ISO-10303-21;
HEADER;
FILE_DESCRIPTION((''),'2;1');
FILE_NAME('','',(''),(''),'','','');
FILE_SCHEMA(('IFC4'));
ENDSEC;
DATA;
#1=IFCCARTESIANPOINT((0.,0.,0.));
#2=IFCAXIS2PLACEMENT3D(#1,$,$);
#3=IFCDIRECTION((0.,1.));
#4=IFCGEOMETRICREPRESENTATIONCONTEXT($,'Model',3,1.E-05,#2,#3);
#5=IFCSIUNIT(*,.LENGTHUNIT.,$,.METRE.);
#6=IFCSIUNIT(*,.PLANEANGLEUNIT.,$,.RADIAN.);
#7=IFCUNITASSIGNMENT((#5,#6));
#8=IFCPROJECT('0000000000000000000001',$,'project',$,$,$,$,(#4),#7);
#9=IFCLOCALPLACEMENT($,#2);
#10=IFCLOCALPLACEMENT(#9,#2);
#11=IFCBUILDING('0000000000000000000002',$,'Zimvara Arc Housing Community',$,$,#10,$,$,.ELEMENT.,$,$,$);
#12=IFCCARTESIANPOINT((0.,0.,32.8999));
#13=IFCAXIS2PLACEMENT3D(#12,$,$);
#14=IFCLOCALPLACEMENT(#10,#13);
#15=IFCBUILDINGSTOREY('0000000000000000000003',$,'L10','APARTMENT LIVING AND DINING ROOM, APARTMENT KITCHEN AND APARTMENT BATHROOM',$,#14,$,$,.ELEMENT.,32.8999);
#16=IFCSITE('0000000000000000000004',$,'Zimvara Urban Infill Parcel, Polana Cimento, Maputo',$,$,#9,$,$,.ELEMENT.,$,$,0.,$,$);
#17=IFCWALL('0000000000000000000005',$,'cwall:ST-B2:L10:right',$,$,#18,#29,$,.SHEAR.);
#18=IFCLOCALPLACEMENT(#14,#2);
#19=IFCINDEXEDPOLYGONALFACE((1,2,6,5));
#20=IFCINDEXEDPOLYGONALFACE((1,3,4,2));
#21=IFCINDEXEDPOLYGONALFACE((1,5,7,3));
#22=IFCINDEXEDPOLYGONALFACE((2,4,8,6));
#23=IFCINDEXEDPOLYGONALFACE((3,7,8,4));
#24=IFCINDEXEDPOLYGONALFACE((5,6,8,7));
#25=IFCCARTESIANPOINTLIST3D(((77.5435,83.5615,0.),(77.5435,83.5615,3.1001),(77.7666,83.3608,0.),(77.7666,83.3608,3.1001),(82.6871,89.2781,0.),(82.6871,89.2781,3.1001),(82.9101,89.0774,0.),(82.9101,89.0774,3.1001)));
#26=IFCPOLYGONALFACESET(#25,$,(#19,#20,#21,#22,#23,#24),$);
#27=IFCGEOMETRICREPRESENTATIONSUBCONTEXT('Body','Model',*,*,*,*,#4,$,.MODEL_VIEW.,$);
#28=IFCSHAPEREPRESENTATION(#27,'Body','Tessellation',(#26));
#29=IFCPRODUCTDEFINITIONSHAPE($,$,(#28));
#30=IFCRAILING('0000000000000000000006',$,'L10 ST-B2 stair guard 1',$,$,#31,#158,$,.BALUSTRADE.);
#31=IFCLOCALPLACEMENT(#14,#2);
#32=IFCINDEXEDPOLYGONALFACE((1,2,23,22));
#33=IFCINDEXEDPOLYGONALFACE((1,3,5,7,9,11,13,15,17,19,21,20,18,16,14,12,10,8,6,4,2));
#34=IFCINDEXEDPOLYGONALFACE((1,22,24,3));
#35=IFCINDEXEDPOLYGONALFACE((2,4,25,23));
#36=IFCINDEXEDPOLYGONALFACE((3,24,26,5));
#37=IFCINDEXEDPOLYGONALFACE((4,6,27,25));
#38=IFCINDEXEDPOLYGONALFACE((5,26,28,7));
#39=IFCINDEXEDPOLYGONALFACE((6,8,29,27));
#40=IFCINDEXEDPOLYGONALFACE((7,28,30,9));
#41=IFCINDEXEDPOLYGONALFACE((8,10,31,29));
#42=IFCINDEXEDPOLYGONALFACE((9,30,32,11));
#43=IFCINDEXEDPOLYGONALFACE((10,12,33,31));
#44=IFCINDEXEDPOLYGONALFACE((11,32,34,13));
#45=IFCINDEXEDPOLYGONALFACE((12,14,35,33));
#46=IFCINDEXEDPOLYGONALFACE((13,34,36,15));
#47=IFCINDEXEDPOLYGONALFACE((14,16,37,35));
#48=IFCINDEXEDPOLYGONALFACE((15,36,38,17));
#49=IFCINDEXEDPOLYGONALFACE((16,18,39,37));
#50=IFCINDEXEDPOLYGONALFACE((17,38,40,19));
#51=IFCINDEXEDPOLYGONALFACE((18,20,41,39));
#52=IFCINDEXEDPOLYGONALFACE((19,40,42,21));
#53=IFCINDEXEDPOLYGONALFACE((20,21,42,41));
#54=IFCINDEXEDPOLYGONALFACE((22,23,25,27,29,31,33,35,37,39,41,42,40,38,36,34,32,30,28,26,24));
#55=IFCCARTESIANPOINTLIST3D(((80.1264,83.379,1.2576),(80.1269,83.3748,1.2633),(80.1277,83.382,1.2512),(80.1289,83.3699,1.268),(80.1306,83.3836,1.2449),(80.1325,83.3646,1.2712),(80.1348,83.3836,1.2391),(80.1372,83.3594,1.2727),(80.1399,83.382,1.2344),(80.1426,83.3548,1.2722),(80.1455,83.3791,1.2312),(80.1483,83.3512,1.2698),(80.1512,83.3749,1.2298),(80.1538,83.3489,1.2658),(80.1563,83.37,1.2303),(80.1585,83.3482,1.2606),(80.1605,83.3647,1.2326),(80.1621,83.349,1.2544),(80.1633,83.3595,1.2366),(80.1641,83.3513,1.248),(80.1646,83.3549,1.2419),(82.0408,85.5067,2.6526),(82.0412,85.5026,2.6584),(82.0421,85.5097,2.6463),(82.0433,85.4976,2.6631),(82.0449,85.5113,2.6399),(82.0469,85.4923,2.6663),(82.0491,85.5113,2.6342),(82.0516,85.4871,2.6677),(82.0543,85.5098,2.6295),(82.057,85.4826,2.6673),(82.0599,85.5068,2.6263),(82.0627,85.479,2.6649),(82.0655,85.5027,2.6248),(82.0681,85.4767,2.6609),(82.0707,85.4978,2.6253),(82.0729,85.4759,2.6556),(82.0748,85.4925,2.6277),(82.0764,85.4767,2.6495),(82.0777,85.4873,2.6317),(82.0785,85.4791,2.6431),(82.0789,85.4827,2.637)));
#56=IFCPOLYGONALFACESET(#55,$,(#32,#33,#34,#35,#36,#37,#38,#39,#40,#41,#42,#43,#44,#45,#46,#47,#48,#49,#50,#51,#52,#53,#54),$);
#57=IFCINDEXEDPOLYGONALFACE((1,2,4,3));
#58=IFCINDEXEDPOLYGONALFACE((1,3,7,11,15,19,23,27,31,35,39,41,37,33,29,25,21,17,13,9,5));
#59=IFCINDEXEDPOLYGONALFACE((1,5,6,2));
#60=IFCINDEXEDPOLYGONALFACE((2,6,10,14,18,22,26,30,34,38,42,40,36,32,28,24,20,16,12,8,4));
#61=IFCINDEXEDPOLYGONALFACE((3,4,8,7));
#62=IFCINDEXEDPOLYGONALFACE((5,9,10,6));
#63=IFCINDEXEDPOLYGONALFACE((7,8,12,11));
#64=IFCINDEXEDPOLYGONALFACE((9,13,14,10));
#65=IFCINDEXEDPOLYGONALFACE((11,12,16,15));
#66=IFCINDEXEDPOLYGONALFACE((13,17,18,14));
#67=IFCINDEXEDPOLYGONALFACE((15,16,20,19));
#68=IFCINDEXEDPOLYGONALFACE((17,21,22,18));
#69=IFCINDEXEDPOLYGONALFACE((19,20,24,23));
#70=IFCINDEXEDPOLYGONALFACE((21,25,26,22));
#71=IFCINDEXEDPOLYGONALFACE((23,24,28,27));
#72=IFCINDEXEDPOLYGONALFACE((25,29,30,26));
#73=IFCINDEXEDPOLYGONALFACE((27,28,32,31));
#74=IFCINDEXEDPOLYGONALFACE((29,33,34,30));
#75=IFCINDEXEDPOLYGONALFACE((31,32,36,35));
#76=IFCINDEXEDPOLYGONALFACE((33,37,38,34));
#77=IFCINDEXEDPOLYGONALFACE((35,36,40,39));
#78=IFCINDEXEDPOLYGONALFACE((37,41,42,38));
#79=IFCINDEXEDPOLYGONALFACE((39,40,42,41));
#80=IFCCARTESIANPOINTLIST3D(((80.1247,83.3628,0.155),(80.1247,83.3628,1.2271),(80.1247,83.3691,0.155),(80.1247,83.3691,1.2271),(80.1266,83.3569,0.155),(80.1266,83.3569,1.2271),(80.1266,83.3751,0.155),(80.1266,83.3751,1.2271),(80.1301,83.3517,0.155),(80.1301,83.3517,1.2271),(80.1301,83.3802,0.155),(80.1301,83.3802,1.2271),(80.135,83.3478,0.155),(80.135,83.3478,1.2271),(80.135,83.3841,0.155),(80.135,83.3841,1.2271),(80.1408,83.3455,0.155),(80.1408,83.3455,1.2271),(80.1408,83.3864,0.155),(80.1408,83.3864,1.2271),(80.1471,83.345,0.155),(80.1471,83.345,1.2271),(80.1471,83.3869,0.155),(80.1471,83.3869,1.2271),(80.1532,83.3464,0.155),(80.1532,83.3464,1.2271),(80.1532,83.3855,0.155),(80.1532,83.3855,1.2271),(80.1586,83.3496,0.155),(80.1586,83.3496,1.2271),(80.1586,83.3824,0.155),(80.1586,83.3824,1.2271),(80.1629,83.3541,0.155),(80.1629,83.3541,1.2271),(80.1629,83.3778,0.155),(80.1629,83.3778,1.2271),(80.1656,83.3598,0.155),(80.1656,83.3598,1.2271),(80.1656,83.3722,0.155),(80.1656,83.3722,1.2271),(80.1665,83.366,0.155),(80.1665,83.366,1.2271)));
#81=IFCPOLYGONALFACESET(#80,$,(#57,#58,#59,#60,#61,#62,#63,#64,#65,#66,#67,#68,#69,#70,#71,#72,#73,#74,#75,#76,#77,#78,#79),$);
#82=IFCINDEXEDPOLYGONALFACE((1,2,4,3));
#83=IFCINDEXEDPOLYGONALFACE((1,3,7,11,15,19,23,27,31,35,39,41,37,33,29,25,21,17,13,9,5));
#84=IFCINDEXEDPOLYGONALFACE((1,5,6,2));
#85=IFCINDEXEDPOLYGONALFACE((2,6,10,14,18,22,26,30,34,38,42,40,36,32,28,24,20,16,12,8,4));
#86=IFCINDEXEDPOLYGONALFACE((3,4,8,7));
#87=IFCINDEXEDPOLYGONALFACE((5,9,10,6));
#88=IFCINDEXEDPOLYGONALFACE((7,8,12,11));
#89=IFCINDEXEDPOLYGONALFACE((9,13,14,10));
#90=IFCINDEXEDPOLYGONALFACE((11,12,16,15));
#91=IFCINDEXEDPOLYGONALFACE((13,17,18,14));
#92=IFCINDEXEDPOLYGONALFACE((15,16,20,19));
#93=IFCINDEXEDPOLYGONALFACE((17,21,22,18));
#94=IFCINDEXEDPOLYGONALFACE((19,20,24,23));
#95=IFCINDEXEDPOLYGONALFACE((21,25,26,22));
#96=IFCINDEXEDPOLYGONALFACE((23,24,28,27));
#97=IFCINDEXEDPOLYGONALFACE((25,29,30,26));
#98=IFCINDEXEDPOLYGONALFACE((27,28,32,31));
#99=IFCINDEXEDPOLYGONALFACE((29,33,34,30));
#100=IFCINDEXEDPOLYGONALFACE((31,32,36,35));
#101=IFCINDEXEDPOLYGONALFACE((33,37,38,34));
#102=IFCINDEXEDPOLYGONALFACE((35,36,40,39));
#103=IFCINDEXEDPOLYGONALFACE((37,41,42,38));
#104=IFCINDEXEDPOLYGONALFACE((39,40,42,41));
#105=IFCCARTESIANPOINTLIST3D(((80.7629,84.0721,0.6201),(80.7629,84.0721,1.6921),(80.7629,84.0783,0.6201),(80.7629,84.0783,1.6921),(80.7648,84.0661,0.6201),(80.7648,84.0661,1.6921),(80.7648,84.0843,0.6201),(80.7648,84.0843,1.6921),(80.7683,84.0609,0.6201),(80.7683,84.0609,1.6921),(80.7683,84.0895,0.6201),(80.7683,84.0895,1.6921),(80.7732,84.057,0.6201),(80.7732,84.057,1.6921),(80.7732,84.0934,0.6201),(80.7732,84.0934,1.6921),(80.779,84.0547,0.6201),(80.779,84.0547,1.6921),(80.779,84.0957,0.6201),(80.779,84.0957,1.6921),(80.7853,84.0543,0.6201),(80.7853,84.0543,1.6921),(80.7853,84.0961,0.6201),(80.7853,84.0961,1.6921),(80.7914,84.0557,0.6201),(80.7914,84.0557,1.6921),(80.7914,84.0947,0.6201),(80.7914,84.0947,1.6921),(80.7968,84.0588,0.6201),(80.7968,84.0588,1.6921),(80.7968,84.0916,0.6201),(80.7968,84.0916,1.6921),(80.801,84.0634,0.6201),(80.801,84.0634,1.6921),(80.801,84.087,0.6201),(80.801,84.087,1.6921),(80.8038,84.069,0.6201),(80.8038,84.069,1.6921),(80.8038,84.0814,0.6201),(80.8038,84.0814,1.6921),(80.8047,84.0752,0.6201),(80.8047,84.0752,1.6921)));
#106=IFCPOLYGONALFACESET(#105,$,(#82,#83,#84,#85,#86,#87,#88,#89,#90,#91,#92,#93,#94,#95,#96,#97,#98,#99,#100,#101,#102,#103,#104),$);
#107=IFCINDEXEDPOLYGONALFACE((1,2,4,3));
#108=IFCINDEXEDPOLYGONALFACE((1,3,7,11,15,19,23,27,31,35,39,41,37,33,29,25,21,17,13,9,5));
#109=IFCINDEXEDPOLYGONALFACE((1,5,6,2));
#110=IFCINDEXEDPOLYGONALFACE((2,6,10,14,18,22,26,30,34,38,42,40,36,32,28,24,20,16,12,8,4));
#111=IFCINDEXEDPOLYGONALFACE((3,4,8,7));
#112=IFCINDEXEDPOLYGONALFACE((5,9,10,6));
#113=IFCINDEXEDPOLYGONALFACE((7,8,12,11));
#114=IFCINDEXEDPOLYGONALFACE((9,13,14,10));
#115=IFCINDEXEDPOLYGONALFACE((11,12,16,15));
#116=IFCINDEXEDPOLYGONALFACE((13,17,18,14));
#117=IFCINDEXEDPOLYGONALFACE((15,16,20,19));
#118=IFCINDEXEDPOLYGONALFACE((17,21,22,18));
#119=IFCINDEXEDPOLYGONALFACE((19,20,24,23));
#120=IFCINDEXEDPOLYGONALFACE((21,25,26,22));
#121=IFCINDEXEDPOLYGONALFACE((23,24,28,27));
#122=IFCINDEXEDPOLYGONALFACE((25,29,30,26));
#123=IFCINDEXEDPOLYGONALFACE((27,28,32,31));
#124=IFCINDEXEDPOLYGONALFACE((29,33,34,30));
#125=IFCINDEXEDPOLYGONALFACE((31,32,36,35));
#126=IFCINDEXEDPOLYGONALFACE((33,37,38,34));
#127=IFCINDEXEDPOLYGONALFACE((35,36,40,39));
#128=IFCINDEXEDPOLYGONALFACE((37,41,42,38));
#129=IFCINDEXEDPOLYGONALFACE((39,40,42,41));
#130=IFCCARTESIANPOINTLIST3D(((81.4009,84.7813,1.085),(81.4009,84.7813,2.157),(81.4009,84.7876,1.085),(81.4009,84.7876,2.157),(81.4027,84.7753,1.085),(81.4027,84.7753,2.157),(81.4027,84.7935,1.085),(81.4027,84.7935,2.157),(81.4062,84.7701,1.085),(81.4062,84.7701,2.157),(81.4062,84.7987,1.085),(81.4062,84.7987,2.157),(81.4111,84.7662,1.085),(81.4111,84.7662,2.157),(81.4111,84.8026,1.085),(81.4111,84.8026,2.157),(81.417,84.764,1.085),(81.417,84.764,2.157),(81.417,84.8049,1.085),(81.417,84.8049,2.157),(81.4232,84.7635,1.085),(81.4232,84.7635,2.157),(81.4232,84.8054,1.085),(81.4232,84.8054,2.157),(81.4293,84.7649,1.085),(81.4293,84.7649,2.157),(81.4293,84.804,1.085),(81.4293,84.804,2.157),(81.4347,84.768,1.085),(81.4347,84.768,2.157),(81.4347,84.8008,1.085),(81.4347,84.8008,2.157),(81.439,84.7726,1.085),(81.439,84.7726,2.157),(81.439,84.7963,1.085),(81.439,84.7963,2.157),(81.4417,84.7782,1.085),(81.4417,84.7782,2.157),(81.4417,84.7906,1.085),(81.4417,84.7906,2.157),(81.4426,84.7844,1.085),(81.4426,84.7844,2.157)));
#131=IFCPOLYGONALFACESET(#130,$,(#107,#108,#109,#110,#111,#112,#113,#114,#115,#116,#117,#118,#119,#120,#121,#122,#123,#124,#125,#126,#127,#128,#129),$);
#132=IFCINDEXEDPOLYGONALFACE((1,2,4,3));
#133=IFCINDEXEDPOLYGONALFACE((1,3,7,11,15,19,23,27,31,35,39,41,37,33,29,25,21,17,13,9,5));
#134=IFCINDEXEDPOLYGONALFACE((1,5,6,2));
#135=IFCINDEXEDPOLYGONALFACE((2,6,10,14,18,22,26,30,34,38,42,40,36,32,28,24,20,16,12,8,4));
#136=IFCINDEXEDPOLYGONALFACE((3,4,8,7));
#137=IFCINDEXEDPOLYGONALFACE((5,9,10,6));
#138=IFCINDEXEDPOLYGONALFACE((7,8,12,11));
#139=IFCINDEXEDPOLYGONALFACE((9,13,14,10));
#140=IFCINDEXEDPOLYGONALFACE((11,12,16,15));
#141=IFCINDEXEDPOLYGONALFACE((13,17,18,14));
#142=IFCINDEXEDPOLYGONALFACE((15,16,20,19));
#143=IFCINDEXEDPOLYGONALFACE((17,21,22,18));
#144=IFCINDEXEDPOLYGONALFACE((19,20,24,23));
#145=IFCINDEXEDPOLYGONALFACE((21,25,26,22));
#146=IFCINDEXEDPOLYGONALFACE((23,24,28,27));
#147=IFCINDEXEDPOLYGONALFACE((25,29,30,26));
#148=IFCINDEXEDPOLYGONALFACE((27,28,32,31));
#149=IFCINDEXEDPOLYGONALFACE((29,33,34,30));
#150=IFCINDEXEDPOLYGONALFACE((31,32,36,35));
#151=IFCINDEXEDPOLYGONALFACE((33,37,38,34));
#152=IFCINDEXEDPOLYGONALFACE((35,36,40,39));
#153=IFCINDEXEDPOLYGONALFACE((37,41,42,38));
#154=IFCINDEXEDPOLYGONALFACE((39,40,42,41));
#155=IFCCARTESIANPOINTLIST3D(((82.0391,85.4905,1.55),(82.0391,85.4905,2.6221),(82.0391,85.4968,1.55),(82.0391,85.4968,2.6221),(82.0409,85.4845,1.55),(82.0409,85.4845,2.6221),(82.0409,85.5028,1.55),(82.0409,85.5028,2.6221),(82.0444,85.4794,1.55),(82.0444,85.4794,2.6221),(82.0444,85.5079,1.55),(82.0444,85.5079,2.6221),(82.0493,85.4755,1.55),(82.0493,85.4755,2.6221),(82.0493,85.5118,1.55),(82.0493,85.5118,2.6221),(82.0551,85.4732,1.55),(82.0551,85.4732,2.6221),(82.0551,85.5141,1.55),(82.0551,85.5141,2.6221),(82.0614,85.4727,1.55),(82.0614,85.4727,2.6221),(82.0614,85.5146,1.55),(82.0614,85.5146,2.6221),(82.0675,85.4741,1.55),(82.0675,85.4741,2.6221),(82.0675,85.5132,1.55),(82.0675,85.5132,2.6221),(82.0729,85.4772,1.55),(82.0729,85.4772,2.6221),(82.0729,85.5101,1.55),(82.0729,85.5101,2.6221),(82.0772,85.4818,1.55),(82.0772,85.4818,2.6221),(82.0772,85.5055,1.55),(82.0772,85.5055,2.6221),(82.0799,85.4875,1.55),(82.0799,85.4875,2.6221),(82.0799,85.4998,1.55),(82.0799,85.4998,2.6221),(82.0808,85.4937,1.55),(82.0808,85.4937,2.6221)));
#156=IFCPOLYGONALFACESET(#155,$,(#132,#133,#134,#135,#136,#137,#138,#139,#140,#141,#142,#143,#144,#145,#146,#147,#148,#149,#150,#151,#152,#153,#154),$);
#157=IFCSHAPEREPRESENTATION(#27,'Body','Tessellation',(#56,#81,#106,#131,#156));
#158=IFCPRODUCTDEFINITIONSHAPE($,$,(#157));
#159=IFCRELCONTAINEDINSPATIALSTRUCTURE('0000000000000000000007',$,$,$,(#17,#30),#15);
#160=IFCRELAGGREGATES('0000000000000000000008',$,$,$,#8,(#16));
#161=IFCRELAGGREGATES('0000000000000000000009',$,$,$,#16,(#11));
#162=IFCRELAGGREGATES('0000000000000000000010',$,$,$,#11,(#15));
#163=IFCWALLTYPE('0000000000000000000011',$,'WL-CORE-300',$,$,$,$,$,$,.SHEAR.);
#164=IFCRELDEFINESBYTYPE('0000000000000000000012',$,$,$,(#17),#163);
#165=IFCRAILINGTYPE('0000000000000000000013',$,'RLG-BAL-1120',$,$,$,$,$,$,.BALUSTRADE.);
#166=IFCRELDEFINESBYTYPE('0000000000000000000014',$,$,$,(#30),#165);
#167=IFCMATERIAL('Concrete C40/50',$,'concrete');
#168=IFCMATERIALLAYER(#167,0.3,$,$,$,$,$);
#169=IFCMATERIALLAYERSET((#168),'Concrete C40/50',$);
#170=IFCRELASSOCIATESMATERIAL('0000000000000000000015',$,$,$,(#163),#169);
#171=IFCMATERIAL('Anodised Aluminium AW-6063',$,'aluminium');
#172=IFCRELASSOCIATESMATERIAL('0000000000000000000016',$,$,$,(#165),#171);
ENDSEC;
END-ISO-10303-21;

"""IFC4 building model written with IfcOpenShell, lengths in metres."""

from ifc_helpers import new_model, si_unit, direction, frame, frame_2d, origin, origin_2d, place, context, subcontext, project, spatial, rectangle, circle, extrude, material, layer, layer_set, type_object, element, save


model = new_model("IFC4")

# Units and contexts
model_context = context("Model", 3, precision=1e-05, world=origin(), true_north=direction((0.0, 1.0)))
body_context = subcontext(model_context, "Body", "Model", "MODEL_VIEW")
ifc_project = project(units=[si_unit("LENGTHUNIT", "METRE"), si_unit("PLANEANGLEUNIT", "RADIAN")], contexts=[model_context])

# Site, building, storey
site_placement = place(None, origin())
site = spatial("IfcSite", under=ifc_project, at=site_placement, Name="Zimvara Urban Infill Parcel, Polana Cimento, Maputo", CompositionType="ELEMENT", RefElevation=0.0)
building_placement = place(site_placement, origin())
building = spatial("IfcBuilding", under=site, at=building_placement, Name="Zimvara Arc Housing Community", CompositionType="ELEMENT")
storey_placement = place(building_placement, frame((0.0, 0.0, 32.8999)))
storey = spatial("IfcBuildingStorey", under=building, at=storey_placement, Name="L10", Description="APARTMENT LIVING AND DINING ROOM, APARTMENT KITCHEN AND APARTMENT BATHROOM", CompositionType="ELEMENT", Elevation=32.8999)

# Wall
ifc_material_1 = material(Name="Concrete C40/50", Category="concrete")
ifc_layer_1 = layer(ifc_material_1, 0.3)
ifc_layer_set_1 = layer_set([ifc_layer_1], Name="Concrete C40/50")
wall_type_1 = type_object("IfcWallType", Name="WL-CORE-300", PredefinedType="SHEAR", material=ifc_layer_set_1)
wall_1_placement = place(storey_placement, frame((77.655, 83.4612, 0.0), z_axis=(0.0, 0.0, 1.0), x_axis=(0.668868, 0.743381, 0.0)))
element("IfcWall", 1, at=wall_1_placement, inside=storey, type_object=wall_type_1, Name="cwall:ST-B2:L10:right", PredefinedType="SHEAR", context=body_context, shape_type="SweptSolid", body=[
    extrude(rectangle(XDim=7.6899, YDim=0.3, at=frame_2d((3.845, 0.0))), origin(), (0.0, 0.0, 1.0), 3.1001),
])

# Railing
ifc_material_2 = material(Name="Anodised Aluminium AW-6063", Category="aluminium")
railing_type_1 = type_object("IfcRailingType", Name="RLG-BAL-1120", PredefinedType="BALUSTRADE", material=ifc_material_2)
railing_1_placement = place(storey_placement, frame((80.1455, 83.366, 0.155)))
element("IfcRailing", 2, at=railing_1_placement, inside=storey, type_object=railing_type_1, Name="L10 ST-B2 stair guard 1", PredefinedType="BALUSTRADE", context=body_context, shape_type="SweptSolid", body=[
    extrude(circle(Radius=0.0239, at=origin_2d()), frame((0.0, 0.0, 1.0962), z_axis=(0.601232, 0.668248, 0.438138), x_axis=(-0.7434, 0.668847, 0.0)), (0.0, 0.0, 1.0), 3.1841),
    extrude(circle(Radius=0.021, at=origin_2d()), origin(), (0.0, 0.0, 1.0), 1.072),
    extrude(circle(Radius=0.021, at=origin_2d()), frame((0.6382, 0.7092, 0.4651)), (0.0, 0.0, 1.0), 1.072),
    extrude(circle(Radius=0.021, at=origin_2d()), frame((1.2761, 1.4185, 0.9299)), (0.0, 0.0, 1.0), 1.072),
    extrude(circle(Radius=0.021, at=origin_2d()), frame((1.9143, 2.1277, 1.395)), (0.0, 0.0, 1.0), 1.072),
])

save(model, "model.ifc")
